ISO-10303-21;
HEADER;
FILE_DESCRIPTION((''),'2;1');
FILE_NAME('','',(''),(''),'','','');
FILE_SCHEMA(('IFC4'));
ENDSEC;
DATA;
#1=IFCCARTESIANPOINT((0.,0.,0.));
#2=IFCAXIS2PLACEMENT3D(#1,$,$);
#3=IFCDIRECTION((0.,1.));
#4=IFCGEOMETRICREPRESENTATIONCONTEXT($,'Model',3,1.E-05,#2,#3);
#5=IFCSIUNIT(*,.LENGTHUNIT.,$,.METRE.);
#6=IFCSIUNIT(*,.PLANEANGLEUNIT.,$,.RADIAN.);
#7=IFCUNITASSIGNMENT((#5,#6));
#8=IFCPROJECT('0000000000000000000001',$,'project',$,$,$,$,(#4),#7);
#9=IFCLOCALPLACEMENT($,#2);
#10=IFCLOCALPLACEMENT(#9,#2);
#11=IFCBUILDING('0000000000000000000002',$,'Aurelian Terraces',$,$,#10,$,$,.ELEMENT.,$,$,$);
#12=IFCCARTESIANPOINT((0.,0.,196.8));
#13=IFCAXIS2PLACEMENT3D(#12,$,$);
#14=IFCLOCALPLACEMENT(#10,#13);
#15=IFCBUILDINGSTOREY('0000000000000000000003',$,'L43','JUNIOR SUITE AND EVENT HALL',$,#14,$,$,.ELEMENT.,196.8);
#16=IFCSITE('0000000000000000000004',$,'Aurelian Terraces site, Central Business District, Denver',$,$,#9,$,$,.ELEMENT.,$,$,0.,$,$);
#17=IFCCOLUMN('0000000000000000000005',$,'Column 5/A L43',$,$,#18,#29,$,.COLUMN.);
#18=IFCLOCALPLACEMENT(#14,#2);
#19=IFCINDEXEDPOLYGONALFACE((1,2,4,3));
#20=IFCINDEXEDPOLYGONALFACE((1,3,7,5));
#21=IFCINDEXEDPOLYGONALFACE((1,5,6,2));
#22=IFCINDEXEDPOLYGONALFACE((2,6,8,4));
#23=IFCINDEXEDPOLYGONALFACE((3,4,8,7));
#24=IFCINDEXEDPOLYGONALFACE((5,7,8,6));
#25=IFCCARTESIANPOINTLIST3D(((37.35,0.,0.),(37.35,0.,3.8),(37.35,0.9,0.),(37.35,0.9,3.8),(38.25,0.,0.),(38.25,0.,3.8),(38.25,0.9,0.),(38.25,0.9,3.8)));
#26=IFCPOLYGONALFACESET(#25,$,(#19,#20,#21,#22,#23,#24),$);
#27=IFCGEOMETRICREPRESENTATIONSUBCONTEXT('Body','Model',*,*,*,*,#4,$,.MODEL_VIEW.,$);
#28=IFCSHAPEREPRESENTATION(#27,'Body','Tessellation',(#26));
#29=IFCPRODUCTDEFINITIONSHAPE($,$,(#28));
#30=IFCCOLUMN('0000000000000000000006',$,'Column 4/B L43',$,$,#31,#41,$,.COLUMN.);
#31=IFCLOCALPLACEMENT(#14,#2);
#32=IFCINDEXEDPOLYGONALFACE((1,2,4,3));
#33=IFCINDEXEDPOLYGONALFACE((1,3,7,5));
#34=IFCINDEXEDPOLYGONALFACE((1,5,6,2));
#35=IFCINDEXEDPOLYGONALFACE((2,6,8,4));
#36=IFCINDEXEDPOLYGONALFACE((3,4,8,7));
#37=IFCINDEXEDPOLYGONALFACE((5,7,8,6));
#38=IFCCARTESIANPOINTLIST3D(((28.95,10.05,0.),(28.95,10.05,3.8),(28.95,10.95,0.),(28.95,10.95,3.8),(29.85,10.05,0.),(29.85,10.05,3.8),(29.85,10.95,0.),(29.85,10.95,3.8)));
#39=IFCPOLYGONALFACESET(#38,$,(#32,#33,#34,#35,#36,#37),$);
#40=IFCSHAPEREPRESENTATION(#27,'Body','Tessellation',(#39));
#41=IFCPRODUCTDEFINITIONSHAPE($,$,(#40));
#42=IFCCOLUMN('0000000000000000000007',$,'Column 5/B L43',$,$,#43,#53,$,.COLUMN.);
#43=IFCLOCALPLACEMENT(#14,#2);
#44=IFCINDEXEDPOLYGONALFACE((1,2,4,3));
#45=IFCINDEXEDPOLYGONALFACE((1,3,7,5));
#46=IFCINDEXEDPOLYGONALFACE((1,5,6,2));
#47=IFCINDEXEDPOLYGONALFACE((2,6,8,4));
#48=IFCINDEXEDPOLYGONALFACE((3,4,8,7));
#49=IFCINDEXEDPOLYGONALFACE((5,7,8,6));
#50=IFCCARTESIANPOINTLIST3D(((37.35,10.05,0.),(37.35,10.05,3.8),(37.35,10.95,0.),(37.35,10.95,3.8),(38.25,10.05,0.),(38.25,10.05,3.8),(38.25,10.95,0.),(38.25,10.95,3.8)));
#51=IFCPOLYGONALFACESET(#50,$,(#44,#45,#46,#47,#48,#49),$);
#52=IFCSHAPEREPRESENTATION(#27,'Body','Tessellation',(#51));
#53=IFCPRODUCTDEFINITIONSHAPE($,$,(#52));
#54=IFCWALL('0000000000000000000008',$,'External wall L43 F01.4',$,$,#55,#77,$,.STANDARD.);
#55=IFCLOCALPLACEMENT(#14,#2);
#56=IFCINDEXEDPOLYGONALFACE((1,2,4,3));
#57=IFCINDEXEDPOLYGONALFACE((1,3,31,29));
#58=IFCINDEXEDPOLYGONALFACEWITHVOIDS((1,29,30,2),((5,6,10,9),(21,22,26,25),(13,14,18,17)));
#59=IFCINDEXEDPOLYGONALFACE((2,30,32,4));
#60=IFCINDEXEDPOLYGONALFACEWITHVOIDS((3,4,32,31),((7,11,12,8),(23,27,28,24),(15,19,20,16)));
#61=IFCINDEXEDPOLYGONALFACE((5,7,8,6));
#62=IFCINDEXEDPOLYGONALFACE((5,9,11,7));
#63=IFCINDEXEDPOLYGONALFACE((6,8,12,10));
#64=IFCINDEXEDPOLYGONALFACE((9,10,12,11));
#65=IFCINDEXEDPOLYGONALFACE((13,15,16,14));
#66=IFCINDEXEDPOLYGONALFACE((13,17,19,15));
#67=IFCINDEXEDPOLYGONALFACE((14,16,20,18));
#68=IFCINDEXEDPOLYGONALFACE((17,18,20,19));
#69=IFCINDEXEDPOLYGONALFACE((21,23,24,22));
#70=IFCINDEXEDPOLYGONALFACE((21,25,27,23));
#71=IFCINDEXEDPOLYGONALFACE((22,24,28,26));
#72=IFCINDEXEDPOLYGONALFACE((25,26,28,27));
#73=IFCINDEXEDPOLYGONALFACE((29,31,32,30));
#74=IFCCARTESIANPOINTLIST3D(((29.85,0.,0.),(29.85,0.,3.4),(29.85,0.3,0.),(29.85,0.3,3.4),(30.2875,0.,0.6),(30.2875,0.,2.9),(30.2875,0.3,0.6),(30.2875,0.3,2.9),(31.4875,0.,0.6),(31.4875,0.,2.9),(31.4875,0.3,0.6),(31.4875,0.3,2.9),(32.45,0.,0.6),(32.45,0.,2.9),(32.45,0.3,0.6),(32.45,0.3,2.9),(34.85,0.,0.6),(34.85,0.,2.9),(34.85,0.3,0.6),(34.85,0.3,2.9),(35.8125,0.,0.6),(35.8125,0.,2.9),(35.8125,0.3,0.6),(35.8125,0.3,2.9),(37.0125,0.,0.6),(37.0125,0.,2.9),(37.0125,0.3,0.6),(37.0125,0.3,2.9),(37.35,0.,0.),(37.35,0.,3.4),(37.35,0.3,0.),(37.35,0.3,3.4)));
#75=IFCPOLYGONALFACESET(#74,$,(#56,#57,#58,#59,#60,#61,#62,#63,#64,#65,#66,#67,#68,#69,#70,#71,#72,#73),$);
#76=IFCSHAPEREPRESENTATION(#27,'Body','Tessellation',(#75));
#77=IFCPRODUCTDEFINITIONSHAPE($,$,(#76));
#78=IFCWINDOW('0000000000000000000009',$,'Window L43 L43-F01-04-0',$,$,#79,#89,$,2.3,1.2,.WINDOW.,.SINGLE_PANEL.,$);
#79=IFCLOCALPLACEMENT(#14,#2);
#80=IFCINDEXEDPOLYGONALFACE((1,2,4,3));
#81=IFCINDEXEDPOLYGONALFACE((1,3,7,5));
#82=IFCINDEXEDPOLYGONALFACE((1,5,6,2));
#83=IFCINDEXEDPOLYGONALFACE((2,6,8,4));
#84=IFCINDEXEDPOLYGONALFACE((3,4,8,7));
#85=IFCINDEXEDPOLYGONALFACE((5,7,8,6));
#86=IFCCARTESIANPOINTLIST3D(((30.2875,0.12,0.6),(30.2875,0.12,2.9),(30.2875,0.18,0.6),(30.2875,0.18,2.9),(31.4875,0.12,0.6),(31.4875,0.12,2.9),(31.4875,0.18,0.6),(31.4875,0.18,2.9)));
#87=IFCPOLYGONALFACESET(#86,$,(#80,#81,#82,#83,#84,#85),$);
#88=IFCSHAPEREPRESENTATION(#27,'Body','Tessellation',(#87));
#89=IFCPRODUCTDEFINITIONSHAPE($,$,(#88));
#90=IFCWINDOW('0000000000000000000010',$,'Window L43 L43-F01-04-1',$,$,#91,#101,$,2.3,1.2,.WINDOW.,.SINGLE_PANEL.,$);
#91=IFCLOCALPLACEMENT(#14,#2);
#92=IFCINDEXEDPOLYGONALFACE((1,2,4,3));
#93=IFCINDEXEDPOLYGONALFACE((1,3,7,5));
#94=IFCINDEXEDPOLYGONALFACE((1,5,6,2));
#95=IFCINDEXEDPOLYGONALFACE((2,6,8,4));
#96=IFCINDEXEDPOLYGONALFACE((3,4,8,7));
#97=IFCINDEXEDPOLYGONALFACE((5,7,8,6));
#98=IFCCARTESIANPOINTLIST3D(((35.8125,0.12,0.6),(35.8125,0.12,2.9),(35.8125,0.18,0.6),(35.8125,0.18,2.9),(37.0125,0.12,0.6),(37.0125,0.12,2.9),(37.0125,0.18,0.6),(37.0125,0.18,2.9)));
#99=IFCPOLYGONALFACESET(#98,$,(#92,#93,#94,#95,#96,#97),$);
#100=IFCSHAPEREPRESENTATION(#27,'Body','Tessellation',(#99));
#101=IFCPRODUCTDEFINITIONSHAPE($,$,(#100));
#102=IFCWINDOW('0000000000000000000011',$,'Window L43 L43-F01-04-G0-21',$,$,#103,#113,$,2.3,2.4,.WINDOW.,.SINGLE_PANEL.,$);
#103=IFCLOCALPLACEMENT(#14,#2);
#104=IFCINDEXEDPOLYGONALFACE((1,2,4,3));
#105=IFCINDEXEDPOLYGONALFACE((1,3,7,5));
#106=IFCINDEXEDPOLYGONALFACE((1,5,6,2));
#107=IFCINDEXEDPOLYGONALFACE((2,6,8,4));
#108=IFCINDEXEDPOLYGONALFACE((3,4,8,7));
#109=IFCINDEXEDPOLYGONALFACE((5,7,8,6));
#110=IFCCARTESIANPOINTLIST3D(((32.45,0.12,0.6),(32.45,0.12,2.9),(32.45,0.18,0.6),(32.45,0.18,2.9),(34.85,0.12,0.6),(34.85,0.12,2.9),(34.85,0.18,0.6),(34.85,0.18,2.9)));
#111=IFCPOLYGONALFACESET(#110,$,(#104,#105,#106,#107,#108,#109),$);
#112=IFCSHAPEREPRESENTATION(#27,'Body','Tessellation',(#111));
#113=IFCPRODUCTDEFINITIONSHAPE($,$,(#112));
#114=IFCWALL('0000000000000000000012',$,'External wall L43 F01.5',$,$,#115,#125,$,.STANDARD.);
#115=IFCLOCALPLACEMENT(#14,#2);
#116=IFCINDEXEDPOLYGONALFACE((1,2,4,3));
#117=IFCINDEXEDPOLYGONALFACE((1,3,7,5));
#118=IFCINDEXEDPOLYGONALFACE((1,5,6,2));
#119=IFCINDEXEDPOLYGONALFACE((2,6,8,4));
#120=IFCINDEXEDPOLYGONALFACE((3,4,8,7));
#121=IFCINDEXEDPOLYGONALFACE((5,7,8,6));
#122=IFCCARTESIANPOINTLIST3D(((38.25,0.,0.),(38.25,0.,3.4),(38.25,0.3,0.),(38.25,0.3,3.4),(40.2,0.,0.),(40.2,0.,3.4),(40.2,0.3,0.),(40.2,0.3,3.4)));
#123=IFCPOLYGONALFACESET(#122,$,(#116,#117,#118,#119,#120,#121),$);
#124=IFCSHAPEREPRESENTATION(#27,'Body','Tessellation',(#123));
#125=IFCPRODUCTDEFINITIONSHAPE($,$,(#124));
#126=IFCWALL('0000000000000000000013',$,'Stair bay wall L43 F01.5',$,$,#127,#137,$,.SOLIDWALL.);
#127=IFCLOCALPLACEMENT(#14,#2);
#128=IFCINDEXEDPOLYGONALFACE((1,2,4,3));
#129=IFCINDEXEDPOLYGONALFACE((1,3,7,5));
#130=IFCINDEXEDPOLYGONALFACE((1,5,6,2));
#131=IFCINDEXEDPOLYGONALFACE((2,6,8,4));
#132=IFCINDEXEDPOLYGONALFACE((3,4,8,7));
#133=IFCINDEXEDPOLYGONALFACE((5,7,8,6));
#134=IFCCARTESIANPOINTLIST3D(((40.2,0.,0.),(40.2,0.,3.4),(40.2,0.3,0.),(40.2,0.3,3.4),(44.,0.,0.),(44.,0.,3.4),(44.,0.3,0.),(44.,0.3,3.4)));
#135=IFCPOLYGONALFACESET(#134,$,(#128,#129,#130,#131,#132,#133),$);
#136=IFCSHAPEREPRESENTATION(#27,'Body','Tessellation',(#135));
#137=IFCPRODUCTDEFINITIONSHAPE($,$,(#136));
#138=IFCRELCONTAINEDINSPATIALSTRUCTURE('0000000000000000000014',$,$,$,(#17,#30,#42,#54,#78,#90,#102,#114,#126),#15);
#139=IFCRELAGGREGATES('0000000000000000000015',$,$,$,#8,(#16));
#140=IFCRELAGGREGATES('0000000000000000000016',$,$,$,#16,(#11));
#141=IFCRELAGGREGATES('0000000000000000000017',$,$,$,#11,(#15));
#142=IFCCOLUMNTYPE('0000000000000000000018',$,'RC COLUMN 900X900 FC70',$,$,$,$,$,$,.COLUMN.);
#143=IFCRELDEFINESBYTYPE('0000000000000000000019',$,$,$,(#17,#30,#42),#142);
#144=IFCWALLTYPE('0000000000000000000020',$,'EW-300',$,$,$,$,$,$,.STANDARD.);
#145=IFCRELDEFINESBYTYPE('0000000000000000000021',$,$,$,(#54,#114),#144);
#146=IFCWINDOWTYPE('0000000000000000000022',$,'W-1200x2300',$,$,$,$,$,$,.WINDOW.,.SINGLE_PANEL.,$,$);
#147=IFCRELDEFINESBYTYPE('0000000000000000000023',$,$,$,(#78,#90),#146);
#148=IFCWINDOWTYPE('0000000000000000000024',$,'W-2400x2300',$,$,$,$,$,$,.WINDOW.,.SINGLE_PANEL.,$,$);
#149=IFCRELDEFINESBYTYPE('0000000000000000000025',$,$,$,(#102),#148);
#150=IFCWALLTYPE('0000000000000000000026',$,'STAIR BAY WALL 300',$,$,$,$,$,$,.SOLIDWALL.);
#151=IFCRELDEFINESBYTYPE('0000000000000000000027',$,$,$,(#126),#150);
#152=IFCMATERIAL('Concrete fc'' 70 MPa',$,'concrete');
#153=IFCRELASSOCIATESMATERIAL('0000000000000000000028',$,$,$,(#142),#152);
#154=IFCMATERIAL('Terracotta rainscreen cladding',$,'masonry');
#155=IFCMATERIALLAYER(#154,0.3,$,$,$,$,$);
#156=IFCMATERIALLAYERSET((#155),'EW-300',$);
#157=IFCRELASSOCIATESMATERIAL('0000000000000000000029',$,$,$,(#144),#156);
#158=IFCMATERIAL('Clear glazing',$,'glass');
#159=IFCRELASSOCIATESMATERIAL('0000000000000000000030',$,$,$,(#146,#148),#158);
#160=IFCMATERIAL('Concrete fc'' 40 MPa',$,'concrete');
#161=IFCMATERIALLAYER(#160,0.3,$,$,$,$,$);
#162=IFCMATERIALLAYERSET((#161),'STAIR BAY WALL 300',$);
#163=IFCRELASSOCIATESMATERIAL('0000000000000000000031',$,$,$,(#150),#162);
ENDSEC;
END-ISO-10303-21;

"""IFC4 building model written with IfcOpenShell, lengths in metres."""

from ifc_helpers import new_model, si_unit, direction, frame, frame_2d, origin, origin_2d, place, context, subcontext, project, spatial, rectangle, extrude, source, transform, mapped, material, layer, layer_set, material_profile, profile_set, type_object, element, fill, save


model = new_model("IFC4")

# Units and contexts
model_context = context("Model", 3, precision=1e-05, world=origin(), true_north=direction((0.0, 1.0)))
body_context = subcontext(model_context, "Body", "Model", "MODEL_VIEW")
ifc_project = project(units=[si_unit("LENGTHUNIT", "METRE"), si_unit("PLANEANGLEUNIT", "RADIAN")], contexts=[model_context])

# Site, building, storey
site_placement = place(None, origin())
site = spatial("IfcSite", under=ifc_project, at=site_placement, Name="Aurelian Terraces site, Central Business District, Denver", CompositionType="ELEMENT", RefElevation=0.0)
building_placement = place(site_placement, origin())
building = spatial("IfcBuilding", under=site, at=building_placement, Name="Aurelian Terraces", CompositionType="ELEMENT")
storey_placement = place(building_placement, frame((0.0, 0.0, 196.8)))
storey = spatial("IfcBuildingStorey", under=building, at=storey_placement, Name="L43", Description="JUNIOR SUITE AND EVENT HALL", CompositionType="ELEMENT", Elevation=196.8)

# Columns
ifc_material_1 = material(Name="Concrete fc' 70 MPa", Category="concrete")
ifc_material_profile = material_profile(ifc_material_1, rectangle(XDim=0.9, YDim=0.9, at=origin_2d()))
ifc_profile_set = profile_set([ifc_material_profile], Name="Concrete fc' 70 MPa")
column_type = type_object("IfcColumnType", Name="RC COLUMN 900X900 FC70", PredefinedType="COLUMN", material=ifc_profile_set)
shared_shape_1 = source(origin(), body_context, "Body", "SweptSolid", [
    extrude(rectangle(XDim=0.9, YDim=0.9, at=origin_2d()), origin(), (0.0, 0.0, 1.0), 3.8),
])
for number, where, z_axis, x_axis, name in (
    (1, (37.8, 0.45, 0.0), (0.0, 0.0, 1.0), (1.0, 0.0, 0.0), "Column 5/A L43"),
    (2, (29.4, 10.5, 0.0), (0.0, 0.0, 1.0), (1.0, 0.0, 0.0), "Column 4/B L43"),
    (3, (37.8, 10.5, 0.0), (0.0, 0.0, 1.0), (1.0, 0.0, 0.0), "Column 5/B L43"),
):
    element("IfcColumn", number, at=place(storey_placement, frame(where, z_axis=z_axis, x_axis=x_axis)), inside=storey, type_object=column_type, Name=name, PredefinedType="COLUMN", context=body_context, shape_type="MappedRepresentation", body=[
        mapped(shared_shape_1, transform((0.0, 0.0, 0.0), scale=1.0)),
    ])

# Wall, openings, windows
ifc_material_2 = material(Name="Terracotta rainscreen cladding", Category="masonry")
ifc_layer_1 = layer(ifc_material_2, 0.3)
ifc_layer_set_1 = layer_set([ifc_layer_1], Name="EW-300")
wall_type_1 = type_object("IfcWallType", Name="EW-300", PredefinedType="STANDARD", material=ifc_layer_set_1)
shared_shape_2 = source(origin(), body_context, "Body", "SweptSolid", [
    extrude(rectangle(XDim=7.5, YDim=0.3, at=frame_2d((3.75, 0.0))), origin(), (0.0, 0.0, 1.0), 3.4),
])
wall_1_placement = place(storey_placement, frame((29.85, 0.15, 0.0), z_axis=(0.0, 0.0, 1.0), x_axis=(1.0, 0.0, 0.0)))
wall_1 = element("IfcWall", 4, at=wall_1_placement, inside=storey, type_object=wall_type_1, Name="External wall L43 F01.4", PredefinedType="STANDARD", context=body_context, shape_type="MappedRepresentation", body=[
    mapped(shared_shape_2, transform((0.0, 0.0, 0.0), scale=1.0)),
])
shared_shape_3 = source(origin(), body_context, "Body", "SweptSolid", [
    extrude(rectangle(XDim=1.2, YDim=2.3, at=frame_2d((0.6, 1.15))), frame((0.0, 0.16, 0.0), z_axis=(0.0, -1.0, 0.0), x_axis=(1.0, 0.0, 0.0)), (0.0, 0.0, 1.0), 0.32),
])
opening_1_placement = place(wall_1_placement, frame((0.4375, 0.0, 0.6)))
opening_1 = element("IfcOpeningElement", 5, at=opening_1_placement, cuts=wall_1, PredefinedType="OPENING", context=body_context, shape_type="MappedRepresentation", body=[
    mapped(shared_shape_3, transform((0.0, 0.0, 0.0), scale=1.0)),
])
opening_2_placement = place(wall_1_placement, frame((5.9625, 0.0, 0.6)))
opening_2 = element("IfcOpeningElement", 6, at=opening_2_placement, cuts=wall_1, PredefinedType="OPENING", context=body_context, shape_type="MappedRepresentation", body=[
    mapped(shared_shape_3, transform((0.0, 0.0, 0.0), scale=1.0)),
])
shared_shape_4 = source(origin(), body_context, "Body", "SweptSolid", [
    extrude(rectangle(XDim=2.4, YDim=2.3, at=frame_2d((1.2, 1.15))), frame((0.0, 0.16, 0.0), z_axis=(0.0, -1.0, 0.0), x_axis=(1.0, 0.0, 0.0)), (0.0, 0.0, 1.0), 0.32),
])
opening_3_placement = place(wall_1_placement, frame((2.6, 0.0, 0.6)))
opening_3 = element("IfcOpeningElement", 7, at=opening_3_placement, cuts=wall_1, PredefinedType="OPENING", context=body_context, shape_type="MappedRepresentation", body=[
    mapped(shared_shape_4, transform((0.0, 0.0, 0.0), scale=1.0)),
])
ifc_material_3 = material(Name="Clear glazing", Category="glass")
window_type_1 = type_object("IfcWindowType", Name="W-1200x2300", PartitioningType="SINGLE_PANEL", PredefinedType="WINDOW", material=ifc_material_3)
shared_shape_5 = source(origin(), body_context, "Body", "SweptSolid", [
    extrude(rectangle(XDim=1.2, YDim=2.3, at=frame_2d((0.6, 1.15))), frame((0.0, 0.03, 0.0), z_axis=(0.0, -1.0, 0.0), x_axis=(1.0, 0.0, 0.0)), (0.0, 0.0, 1.0), 0.06),
])
window_1_placement = place(opening_1_placement, origin())
window_1 = element("IfcWindow", 8, at=window_1_placement, inside=storey, type_object=window_type_1, Name="Window L43 L43-F01-04-0", OverallHeight=2.3, OverallWidth=1.2, PartitioningType="SINGLE_PANEL", PredefinedType="WINDOW", context=body_context, shape_type="MappedRepresentation", body=[
    mapped(shared_shape_5, transform((0.0, 0.0, 0.0), scale=1.0)),
])
fill(opening_1, window_1)
window_2_placement = place(opening_2_placement, origin())
window_2 = element("IfcWindow", 9, at=window_2_placement, inside=storey, type_object=window_type_1, Name="Window L43 L43-F01-04-1", OverallHeight=2.3, OverallWidth=1.2, PartitioningType="SINGLE_PANEL", PredefinedType="WINDOW", context=body_context, shape_type="MappedRepresentation", body=[
    mapped(shared_shape_5, transform((0.0, 0.0, 0.0), scale=1.0)),
])
fill(opening_2, window_2)
window_type_2 = type_object("IfcWindowType", Name="W-2400x2300", PartitioningType="SINGLE_PANEL", PredefinedType="WINDOW", material=ifc_material_3)
shared_shape_6 = source(origin(), body_context, "Body", "SweptSolid", [
    extrude(rectangle(XDim=2.4, YDim=2.3, at=frame_2d((1.2, 1.15))), frame((0.0, 0.03, 0.0), z_axis=(0.0, -1.0, 0.0), x_axis=(1.0, 0.0, 0.0)), (0.0, 0.0, 1.0), 0.06),
])
window_3_placement = place(opening_3_placement, origin())
window_3 = element("IfcWindow", 10, at=window_3_placement, inside=storey, type_object=window_type_2, Name="Window L43 L43-F01-04-G0-21", OverallHeight=2.3, OverallWidth=2.4, PartitioningType="SINGLE_PANEL", PredefinedType="WINDOW", context=body_context, shape_type="MappedRepresentation", body=[
    mapped(shared_shape_6, transform((0.0, 0.0, 0.0), scale=1.0)),
])
fill(opening_3, window_3)

# Walls
shared_shape_7 = source(origin(), body_context, "Body", "SweptSolid", [
    extrude(rectangle(XDim=1.95, YDim=0.3, at=frame_2d((0.975, 0.0))), origin(), (0.0, 0.0, 1.0), 3.4),
])
wall_2_placement = place(storey_placement, frame((38.25, 0.15, 0.0), z_axis=(0.0, 0.0, 1.0), x_axis=(1.0, 0.0, 0.0)))
element("IfcWall", 11, at=wall_2_placement, inside=storey, type_object=wall_type_1, Name="External wall L43 F01.5", PredefinedType="STANDARD", context=body_context, shape_type="MappedRepresentation", body=[
    mapped(shared_shape_7, transform((0.0, 0.0, 0.0), scale=1.0)),
])
ifc_material_4 = material(Name="Concrete fc' 40 MPa", Category="concrete")
ifc_layer_2 = layer(ifc_material_4, 0.3)
ifc_layer_set_2 = layer_set([ifc_layer_2], Name="STAIR BAY WALL 300")
wall_type_2 = type_object("IfcWallType", Name="STAIR BAY WALL 300", PredefinedType="SOLIDWALL", material=ifc_layer_set_2)
shared_shape_8 = source(origin(), body_context, "Body", "SweptSolid", [
    extrude(rectangle(XDim=3.8, YDim=0.3, at=frame_2d((1.9, 0.0))), origin(), (0.0, 0.0, 1.0), 3.4),
])
wall_3_placement = place(storey_placement, frame((40.2, 0.15, 0.0), z_axis=(0.0, 0.0, 1.0), x_axis=(1.0, 0.0, 0.0)))
element("IfcWall", 12, at=wall_3_placement, inside=storey, type_object=wall_type_2, Name="Stair bay wall L43 F01.5", PredefinedType="SOLIDWALL", context=body_context, shape_type="MappedRepresentation", body=[
    mapped(shared_shape_8, transform((0.0, 0.0, 0.0), scale=1.0)),
])

save(model, "model.ifc")
